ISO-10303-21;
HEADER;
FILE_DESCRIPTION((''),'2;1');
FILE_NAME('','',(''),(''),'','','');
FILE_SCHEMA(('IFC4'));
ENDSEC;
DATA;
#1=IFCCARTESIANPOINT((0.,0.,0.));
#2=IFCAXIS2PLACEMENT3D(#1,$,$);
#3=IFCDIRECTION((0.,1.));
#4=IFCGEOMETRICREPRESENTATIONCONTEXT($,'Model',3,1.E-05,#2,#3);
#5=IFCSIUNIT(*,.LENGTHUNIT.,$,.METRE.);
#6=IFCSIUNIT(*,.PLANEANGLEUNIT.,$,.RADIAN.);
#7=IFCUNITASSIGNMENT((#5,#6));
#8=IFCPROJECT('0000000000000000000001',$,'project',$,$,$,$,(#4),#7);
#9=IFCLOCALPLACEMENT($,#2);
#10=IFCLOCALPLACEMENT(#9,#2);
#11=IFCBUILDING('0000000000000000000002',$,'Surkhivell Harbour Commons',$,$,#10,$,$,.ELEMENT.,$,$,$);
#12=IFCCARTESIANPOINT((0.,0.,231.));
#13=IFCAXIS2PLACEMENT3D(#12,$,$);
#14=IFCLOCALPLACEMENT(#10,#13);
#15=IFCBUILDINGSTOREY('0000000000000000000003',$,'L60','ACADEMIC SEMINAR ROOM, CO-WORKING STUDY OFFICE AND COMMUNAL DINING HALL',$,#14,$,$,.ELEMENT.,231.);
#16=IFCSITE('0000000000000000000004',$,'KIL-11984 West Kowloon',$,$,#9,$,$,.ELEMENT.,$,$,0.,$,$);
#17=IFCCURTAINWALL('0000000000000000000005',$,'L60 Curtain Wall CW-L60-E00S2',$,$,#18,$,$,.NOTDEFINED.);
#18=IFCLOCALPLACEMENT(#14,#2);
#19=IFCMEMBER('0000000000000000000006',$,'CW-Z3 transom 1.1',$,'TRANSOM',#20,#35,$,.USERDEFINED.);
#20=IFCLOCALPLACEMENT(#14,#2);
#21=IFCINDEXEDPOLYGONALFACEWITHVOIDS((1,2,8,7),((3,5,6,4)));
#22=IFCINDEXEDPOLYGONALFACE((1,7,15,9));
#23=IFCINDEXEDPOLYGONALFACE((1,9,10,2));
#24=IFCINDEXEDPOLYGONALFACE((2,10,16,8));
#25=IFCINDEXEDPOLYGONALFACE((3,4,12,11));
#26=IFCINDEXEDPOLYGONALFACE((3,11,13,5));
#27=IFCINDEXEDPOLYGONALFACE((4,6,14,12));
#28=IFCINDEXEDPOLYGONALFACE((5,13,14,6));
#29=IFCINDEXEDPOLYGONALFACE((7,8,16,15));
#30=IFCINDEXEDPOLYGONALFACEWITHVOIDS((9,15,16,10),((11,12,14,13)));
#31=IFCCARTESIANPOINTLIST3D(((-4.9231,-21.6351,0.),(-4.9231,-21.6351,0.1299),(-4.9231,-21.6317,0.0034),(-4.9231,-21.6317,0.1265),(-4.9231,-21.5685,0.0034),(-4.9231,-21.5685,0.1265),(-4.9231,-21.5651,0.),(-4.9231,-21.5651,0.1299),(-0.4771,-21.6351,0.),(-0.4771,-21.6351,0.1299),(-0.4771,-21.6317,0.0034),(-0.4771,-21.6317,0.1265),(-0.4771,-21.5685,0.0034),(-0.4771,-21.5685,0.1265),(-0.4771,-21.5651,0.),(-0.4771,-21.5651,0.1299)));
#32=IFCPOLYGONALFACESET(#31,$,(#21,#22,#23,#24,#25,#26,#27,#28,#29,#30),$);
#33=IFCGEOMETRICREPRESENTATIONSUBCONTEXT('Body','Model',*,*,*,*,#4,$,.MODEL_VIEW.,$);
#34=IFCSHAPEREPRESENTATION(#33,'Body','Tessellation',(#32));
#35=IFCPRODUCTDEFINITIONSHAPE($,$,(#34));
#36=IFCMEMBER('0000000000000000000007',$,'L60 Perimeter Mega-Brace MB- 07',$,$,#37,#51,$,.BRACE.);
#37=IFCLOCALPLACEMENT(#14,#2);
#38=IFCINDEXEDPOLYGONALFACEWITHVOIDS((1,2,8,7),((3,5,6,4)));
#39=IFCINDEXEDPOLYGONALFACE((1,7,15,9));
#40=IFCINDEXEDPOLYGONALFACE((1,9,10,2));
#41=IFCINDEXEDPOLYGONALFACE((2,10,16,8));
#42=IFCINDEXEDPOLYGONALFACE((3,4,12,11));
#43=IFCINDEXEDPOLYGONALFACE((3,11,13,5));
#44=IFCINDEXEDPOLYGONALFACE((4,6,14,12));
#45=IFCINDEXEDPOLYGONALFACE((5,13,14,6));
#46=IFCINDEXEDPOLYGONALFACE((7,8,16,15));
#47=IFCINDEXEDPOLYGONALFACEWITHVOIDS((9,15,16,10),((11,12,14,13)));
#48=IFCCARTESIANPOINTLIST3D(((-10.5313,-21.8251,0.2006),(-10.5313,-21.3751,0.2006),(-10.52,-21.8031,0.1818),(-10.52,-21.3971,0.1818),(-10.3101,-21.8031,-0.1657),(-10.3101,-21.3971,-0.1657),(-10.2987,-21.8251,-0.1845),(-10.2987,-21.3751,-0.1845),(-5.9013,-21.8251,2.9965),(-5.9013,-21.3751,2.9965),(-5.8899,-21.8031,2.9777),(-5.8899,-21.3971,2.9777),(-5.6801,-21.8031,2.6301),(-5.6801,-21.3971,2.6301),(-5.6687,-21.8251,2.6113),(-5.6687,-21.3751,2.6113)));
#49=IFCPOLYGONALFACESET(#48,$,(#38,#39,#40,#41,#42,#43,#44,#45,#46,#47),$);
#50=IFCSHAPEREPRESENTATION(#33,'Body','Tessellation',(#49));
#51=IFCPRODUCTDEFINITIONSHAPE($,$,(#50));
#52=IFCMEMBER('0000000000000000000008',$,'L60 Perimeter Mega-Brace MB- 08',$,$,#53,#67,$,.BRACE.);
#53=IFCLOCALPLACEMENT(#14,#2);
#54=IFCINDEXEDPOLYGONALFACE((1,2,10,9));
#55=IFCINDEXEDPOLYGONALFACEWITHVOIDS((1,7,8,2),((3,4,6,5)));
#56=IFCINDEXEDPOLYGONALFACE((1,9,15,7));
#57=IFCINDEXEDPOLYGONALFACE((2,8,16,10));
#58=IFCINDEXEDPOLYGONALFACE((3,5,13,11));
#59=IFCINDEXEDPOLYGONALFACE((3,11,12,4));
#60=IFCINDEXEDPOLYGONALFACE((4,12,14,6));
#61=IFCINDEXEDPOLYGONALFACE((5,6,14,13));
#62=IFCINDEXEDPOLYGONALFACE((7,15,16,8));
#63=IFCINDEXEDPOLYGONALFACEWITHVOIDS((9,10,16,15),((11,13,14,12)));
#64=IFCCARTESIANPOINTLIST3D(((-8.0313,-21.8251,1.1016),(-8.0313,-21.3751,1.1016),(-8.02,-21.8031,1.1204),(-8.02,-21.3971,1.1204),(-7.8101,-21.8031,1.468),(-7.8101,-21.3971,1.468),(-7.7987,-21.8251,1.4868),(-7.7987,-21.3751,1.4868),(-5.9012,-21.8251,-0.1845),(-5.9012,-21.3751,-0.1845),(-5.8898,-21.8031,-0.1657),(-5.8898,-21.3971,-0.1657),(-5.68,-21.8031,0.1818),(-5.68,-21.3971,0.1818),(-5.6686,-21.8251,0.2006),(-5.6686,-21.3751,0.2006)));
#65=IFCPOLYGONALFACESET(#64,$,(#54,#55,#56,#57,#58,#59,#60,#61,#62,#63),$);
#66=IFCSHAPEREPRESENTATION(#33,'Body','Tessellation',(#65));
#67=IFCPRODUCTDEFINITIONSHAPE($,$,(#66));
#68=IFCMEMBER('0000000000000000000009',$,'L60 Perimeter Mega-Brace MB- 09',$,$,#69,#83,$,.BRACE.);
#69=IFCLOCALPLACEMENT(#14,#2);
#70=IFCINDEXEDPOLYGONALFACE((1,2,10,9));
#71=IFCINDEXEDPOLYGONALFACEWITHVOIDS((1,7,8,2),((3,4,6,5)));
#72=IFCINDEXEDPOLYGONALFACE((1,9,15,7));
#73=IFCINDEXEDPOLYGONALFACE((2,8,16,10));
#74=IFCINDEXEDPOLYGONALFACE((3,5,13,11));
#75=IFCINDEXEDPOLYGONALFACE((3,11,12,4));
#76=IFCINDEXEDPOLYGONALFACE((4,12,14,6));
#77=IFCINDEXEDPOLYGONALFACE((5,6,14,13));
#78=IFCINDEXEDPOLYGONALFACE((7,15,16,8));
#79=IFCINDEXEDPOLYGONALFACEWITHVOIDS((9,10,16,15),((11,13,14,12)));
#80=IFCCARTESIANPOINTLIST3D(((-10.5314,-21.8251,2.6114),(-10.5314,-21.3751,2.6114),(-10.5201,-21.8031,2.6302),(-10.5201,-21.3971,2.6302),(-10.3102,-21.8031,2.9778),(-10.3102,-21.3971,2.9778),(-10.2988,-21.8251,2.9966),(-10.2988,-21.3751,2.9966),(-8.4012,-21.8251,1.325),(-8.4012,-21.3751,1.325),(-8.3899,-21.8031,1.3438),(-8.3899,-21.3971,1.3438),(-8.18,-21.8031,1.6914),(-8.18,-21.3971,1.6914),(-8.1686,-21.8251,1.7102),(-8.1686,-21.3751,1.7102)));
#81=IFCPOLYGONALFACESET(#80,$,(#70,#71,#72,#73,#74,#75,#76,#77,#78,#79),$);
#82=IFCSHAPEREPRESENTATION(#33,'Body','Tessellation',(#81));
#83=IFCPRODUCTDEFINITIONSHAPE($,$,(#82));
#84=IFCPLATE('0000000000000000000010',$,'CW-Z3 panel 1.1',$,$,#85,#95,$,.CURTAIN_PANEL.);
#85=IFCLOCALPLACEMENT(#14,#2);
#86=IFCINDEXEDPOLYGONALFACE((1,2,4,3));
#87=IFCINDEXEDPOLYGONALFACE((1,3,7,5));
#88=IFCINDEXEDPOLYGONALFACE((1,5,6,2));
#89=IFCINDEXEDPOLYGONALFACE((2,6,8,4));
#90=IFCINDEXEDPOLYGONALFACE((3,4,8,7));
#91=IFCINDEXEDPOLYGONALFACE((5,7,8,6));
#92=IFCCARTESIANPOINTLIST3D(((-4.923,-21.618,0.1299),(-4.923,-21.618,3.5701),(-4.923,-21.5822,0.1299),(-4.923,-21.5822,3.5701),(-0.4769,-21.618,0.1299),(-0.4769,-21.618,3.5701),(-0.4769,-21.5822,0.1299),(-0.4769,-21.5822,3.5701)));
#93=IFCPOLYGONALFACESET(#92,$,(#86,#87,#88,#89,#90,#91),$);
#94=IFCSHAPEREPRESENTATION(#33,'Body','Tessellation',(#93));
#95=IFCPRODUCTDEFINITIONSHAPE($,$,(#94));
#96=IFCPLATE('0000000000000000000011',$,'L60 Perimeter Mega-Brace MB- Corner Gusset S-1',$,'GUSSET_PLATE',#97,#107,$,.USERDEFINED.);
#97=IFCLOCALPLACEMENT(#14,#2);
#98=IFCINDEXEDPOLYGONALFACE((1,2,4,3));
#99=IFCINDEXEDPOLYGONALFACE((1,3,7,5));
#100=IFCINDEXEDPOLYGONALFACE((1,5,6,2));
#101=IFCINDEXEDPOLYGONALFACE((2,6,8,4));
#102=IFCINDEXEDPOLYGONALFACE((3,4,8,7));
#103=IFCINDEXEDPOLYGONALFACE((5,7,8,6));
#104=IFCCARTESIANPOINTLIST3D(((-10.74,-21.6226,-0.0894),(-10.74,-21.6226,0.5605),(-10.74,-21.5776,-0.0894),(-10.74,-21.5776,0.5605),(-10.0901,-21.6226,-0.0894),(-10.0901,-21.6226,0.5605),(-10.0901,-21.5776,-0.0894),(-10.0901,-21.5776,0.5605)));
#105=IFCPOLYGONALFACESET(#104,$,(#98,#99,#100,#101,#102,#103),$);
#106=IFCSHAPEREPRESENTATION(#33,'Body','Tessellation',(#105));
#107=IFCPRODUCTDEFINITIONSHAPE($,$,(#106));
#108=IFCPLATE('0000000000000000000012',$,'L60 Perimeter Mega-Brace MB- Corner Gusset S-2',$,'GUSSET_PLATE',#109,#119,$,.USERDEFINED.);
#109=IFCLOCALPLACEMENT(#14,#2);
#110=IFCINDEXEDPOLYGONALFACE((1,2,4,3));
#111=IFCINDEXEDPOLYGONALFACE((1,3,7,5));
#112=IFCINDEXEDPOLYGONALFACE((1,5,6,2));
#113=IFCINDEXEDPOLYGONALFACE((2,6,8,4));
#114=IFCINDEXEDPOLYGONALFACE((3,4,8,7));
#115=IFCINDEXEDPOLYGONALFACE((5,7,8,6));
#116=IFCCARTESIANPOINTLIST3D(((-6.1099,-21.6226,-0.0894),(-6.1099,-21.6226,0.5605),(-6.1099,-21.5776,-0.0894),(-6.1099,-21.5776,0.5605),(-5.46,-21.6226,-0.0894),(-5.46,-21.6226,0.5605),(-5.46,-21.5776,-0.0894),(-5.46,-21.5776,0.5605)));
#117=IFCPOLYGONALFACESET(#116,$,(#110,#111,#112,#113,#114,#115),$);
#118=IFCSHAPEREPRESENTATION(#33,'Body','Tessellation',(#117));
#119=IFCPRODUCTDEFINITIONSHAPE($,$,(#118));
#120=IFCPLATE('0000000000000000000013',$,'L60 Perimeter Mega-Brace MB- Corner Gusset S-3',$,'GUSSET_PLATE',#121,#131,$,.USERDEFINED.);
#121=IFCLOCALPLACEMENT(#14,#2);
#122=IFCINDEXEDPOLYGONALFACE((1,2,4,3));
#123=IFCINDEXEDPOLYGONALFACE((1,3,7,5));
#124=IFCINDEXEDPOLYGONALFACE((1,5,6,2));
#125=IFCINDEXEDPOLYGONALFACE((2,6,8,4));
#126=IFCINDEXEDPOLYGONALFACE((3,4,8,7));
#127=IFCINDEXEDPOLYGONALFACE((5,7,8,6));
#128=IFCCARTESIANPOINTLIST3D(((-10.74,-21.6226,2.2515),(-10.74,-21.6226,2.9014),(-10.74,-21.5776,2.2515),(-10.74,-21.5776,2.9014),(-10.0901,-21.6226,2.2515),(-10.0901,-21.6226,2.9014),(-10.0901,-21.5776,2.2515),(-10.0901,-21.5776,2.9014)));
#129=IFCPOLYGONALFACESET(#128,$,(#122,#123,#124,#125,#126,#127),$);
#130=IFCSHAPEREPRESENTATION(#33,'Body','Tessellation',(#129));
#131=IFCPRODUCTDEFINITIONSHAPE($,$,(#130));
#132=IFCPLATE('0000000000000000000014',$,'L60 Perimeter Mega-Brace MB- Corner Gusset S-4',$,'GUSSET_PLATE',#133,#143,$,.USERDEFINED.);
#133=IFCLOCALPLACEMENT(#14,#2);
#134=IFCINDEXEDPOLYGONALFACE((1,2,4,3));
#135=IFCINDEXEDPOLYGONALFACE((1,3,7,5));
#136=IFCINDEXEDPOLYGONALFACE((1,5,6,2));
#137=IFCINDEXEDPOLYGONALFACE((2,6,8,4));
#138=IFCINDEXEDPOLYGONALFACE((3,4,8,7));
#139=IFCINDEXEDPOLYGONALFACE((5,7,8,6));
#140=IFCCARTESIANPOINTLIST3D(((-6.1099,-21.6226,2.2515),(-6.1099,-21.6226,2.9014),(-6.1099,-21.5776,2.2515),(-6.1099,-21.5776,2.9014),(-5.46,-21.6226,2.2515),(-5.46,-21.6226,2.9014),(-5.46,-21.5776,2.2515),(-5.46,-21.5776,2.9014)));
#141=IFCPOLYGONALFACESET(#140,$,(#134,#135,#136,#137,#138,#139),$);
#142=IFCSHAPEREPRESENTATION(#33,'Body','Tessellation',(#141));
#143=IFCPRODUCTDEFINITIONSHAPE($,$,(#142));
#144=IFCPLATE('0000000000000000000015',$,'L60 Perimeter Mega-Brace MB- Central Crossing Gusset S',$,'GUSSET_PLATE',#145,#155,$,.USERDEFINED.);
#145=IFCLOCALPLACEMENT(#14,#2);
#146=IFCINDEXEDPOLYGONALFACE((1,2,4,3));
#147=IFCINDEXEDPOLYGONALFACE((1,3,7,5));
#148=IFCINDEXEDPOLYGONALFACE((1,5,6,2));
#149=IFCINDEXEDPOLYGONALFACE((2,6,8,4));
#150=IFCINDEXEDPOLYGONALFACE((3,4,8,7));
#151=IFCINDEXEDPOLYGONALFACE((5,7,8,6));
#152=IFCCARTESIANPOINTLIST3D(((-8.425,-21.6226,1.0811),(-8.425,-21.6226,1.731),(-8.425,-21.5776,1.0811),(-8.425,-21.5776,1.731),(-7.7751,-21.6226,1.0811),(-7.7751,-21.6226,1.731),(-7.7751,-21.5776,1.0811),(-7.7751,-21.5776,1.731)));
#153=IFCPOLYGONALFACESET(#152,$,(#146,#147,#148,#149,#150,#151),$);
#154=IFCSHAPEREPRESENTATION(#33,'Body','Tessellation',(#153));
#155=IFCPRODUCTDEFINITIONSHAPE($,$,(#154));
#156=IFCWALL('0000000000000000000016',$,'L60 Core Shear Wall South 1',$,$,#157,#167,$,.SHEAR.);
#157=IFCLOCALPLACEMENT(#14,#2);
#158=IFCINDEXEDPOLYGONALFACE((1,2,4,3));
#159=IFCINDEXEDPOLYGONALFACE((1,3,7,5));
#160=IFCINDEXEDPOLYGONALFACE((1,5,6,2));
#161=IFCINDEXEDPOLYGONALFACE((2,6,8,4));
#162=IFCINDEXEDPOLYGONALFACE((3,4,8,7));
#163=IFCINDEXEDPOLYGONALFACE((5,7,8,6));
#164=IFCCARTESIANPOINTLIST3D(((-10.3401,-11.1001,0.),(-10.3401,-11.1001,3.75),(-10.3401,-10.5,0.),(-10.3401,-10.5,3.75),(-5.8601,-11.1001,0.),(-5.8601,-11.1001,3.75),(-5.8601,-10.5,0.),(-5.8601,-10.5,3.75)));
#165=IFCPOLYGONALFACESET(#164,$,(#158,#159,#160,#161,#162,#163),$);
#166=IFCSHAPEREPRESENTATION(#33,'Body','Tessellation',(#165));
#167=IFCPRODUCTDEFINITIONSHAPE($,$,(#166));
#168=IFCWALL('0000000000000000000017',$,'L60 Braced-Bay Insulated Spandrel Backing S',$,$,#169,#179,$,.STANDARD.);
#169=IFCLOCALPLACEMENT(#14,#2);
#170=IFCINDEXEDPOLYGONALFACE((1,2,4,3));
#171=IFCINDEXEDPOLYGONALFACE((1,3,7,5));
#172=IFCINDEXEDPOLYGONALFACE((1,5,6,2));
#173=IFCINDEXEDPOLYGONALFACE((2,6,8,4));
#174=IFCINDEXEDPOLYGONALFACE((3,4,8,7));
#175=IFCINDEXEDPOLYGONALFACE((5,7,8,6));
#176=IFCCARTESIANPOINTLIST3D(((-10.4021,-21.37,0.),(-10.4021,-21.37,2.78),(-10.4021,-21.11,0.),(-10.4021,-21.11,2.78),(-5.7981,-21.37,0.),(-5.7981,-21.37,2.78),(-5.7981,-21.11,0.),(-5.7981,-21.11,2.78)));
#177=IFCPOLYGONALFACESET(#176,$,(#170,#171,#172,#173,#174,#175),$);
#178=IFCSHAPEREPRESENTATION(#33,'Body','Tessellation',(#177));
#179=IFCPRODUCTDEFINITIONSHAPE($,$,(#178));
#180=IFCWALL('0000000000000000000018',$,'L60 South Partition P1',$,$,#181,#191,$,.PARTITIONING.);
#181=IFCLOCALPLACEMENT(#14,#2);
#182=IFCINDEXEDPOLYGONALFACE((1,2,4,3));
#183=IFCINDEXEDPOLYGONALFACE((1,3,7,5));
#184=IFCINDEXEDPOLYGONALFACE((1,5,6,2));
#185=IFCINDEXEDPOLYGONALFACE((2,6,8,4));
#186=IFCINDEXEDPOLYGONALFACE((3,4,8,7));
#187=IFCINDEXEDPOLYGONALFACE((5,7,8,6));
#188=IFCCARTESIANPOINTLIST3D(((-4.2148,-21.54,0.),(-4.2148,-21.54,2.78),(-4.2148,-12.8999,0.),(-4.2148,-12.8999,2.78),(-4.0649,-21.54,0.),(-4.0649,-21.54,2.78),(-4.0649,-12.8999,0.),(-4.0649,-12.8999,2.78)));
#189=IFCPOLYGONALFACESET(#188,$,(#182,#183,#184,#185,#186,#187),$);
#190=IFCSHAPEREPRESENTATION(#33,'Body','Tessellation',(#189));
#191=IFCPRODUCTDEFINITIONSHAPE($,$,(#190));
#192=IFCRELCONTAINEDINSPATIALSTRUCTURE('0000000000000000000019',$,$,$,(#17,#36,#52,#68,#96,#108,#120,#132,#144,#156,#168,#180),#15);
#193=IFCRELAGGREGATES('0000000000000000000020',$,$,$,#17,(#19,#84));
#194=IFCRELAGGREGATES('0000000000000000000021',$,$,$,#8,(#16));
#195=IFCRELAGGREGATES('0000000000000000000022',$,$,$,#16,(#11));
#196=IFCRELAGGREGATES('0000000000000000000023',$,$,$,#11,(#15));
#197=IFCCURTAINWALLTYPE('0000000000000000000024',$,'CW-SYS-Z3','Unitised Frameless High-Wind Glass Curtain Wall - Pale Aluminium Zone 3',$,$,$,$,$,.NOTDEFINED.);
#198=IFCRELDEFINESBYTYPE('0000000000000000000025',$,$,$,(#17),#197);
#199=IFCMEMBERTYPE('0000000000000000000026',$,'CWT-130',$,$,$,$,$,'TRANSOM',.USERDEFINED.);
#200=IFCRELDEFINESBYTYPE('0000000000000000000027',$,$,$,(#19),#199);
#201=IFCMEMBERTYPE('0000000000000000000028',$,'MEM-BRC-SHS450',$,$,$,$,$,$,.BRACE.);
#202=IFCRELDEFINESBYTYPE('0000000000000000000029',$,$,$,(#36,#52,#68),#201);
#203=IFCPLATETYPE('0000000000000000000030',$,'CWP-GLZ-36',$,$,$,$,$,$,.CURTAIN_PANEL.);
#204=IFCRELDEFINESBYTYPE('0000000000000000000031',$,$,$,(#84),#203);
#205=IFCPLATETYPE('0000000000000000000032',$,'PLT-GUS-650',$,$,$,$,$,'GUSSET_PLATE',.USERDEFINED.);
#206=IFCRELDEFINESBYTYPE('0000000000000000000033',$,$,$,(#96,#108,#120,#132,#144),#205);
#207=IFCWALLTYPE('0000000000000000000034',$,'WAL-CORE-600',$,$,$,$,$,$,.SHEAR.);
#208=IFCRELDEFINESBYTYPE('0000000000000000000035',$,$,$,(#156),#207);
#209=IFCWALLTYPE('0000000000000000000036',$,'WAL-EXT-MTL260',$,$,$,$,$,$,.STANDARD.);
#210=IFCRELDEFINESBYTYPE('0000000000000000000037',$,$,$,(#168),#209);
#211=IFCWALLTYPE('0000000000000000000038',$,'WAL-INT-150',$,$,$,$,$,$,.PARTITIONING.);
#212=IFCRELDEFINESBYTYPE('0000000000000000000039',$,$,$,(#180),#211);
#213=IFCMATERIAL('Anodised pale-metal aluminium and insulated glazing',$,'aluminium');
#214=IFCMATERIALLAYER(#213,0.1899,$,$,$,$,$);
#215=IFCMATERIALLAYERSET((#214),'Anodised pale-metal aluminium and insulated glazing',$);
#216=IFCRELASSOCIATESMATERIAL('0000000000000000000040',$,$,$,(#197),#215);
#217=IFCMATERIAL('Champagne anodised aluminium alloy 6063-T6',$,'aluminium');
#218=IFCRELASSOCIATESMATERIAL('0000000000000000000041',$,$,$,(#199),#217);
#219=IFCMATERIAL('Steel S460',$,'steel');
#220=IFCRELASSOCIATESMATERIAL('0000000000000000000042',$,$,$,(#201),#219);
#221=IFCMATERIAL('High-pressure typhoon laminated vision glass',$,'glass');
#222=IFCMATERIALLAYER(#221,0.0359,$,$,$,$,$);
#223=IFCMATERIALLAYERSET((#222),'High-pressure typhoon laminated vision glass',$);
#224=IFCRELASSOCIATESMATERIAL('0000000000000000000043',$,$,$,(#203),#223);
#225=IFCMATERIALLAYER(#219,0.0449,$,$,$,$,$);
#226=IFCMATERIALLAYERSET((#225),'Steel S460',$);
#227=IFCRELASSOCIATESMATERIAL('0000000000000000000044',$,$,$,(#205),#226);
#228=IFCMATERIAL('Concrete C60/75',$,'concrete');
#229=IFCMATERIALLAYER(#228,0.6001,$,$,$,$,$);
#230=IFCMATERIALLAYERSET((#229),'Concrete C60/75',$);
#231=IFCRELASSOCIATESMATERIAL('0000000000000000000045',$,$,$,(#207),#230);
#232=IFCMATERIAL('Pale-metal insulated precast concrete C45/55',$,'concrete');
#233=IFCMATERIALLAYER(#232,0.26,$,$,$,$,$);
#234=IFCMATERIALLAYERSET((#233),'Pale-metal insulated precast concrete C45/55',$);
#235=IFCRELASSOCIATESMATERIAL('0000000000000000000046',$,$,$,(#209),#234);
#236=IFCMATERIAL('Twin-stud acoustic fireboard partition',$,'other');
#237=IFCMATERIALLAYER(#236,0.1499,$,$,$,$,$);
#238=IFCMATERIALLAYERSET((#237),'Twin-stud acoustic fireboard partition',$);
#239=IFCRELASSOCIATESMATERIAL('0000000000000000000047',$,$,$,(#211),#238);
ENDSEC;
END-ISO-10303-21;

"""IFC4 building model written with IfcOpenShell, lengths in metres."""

from ifc_helpers import new_model, si_unit, direction, frame, frame_2d, origin, origin_2d, place, context, subcontext, project, spatial, rectangle, hollow_rectangle, extrude, material, layer, layer_set, material_profile, profile_set, type_object, element, aggregate, save


model = new_model("IFC4")

# Units and contexts
model_context = context("Model", 3, precision=1e-05, world=origin(), true_north=direction((0.0, 1.0)))
body_context = subcontext(model_context, "Body", "Model", "MODEL_VIEW")
ifc_project = project(units=[si_unit("LENGTHUNIT", "METRE"), si_unit("PLANEANGLEUNIT", "RADIAN")], contexts=[model_context])

# Site, building, storey
site_placement = place(None, origin())
site = spatial("IfcSite", under=ifc_project, at=site_placement, Name="KIL-11984 West Kowloon", CompositionType="ELEMENT", RefElevation=0.0)
building_placement = place(site_placement, origin())
building = spatial("IfcBuilding", under=site, at=building_placement, Name="Surkhivell Harbour Commons", CompositionType="ELEMENT")
storey_placement = place(building_placement, frame((0.0, 0.0, 231.0)))
storey = spatial("IfcBuildingStorey", under=building, at=storey_placement, Name="L60", Description="ACADEMIC SEMINAR ROOM, CO-WORKING STUDY OFFICE AND COMMUNAL DINING HALL", CompositionType="ELEMENT", Elevation=231.0)

# Shared definitions
ifc_material_1 = material(Name="Concrete C60/75", Category="concrete")

# Shared definitions
ifc_material_2 = material(Name="Anodised pale-metal aluminium and insulated glazing", Category="aluminium")
ifc_layer_1 = layer(ifc_material_2, 0.1899)
ifc_layer_set_1 = layer_set([ifc_layer_1], Name="Anodised pale-metal aluminium and insulated glazing")
curtain_wall_type = type_object("IfcCurtainWallType", Name="CW-SYS-Z3", Description="Unitised Frameless High-Wind Glass Curtain Wall - Pale Aluminium Zone 3", PredefinedType="NOTDEFINED", material=ifc_layer_set_1)

# Curtain wall, member
curtain_wall_1_placement = place(storey_placement, origin())
curtain_wall_1 = element("IfcCurtainWall", 1, at=curtain_wall_1_placement, inside=storey, type_object=curtain_wall_type, Name="L60 Curtain Wall CW-L60-E00S2", PredefinedType="NOTDEFINED")
ifc_material_3 = material(Name="Champagne anodised aluminium alloy 6063-T6", Category="aluminium")
ifc_material_profile_1 = material_profile(ifc_material_3, hollow_rectangle(XDim=0.0701, YDim=0.1299, WallThickness=0.0034, at=origin_2d()), Name="ALU-TRAN-70x130")
ifc_profile_set_1 = profile_set([ifc_material_profile_1], Name="Champagne anodised aluminium alloy 6063-T6")
member_type_1 = type_object("IfcMemberType", Name="CWT-130", ElementType="TRANSOM", PredefinedType="USERDEFINED", material=ifc_profile_set_1)
member_1_placement = place(storey_placement, frame((-4.9231, -21.6001, 0.0649), z_axis=(1.0, 0.0, 0.0), x_axis=(0.0, 1.0, 0.0)))
member_1 = element("IfcMember", 2, at=member_1_placement, type_object=member_type_1, Name="CW-Z3 transom 1.1", ObjectType="TRANSOM", PredefinedType="USERDEFINED", context=body_context, shape_type="SweptSolid", body=[
    extrude(hollow_rectangle(XDim=0.0701, YDim=0.1299, WallThickness=0.0034, at=origin_2d()), origin(), (0.0, 0.0, 1.0), 4.446),
])

# Members
ifc_material_4 = material(Name="Steel S460", Category="steel")
ifc_material_profile_2 = material_profile(ifc_material_4, hollow_rectangle(XDim=0.45, YDim=0.45, WallThickness=0.022, at=origin_2d()), Name="SHS450x450x22")
ifc_profile_set_2 = profile_set([ifc_material_profile_2], Name="Steel S460")
member_type_2 = type_object("IfcMemberType", Name="MEM-BRC-SHS450", PredefinedType="BRACE", material=ifc_profile_set_2)
member_2_placement = place(storey_placement, frame((-10.415, -21.6001, 0.0081), z_axis=(0.856036, 0.0, 0.516917), x_axis=(0.0, 1.0, 0.0)))
element("IfcMember", 3, at=member_2_placement, inside=storey, type_object=member_type_2, Name="L60 Perimeter Mega-Brace MB- 07", PredefinedType="BRACE", context=body_context, shape_type="SweptSolid", body=[
    extrude(hollow_rectangle(XDim=0.45, YDim=0.45, WallThickness=0.022, at=origin_2d()), origin(), (0.0, 0.0, 1.0), 5.4087),
])
member_3_placement = place(storey_placement, frame((-5.7849, -21.6001, 0.0081), z_axis=(-0.856061, 0.0, 0.516875), x_axis=(0.0, -1.0, 0.0)))
element("IfcMember", 4, at=member_3_placement, inside=storey, type_object=member_type_2, Name="L60 Perimeter Mega-Brace MB- 08", PredefinedType="BRACE", context=body_context, shape_type="SweptSolid", body=[
    extrude(hollow_rectangle(XDim=0.45, YDim=0.45, WallThickness=0.022, at=origin_2d()), origin(), (0.0, 0.0, 1.0), 2.4883),
])
member_4_placement = place(storey_placement, frame((-8.2849, -21.6001, 1.5176), z_axis=(-0.856018, 0.0, 0.516946), x_axis=(0.0, -1.0, 0.0)))
element("IfcMember", 5, at=member_4_placement, inside=storey, type_object=member_type_2, Name="L60 Perimeter Mega-Brace MB- 09", PredefinedType="BRACE", context=body_context, shape_type="SweptSolid", body=[
    extrude(hollow_rectangle(XDim=0.45, YDim=0.45, WallThickness=0.022, at=origin_2d()), origin(), (0.0, 0.0, 1.0), 2.4885),
])

# Plate
ifc_material_5 = material(Name="High-pressure typhoon laminated vision glass", Category="glass")
ifc_layer_2 = layer(ifc_material_5, 0.0359)
ifc_layer_set_2 = layer_set([ifc_layer_2], Name="High-pressure typhoon laminated vision glass")
plate_type_1 = type_object("IfcPlateType", Name="CWP-GLZ-36", PredefinedType="CURTAIN_PANEL", material=ifc_layer_set_2)
plate_placement = place(storey_placement, frame((-4.9231, -21.6001, 0.1299), z_axis=(0.0, 0.0, 1.0), x_axis=(1.0, 0.0, 0.0)))
plate = element("IfcPlate", 6, at=plate_placement, type_object=plate_type_1, Name="CW-Z3 panel 1.1", PredefinedType="CURTAIN_PANEL", context=body_context, shape_type="SweptSolid", body=[
    extrude(rectangle(XDim=4.446, YDim=0.0359, at=frame_2d((2.2231, 0.0))), origin(), (0.0, 0.0, 1.0), 3.4402),
])
aggregate(curtain_wall_1, [member_1, plate])

# Plates
ifc_layer_3 = layer(ifc_material_4, 0.0449)
ifc_layer_set_3 = layer_set([ifc_layer_3], Name="Steel S460")
plate_type_2 = type_object("IfcPlateType", Name="PLT-GUS-650", ElementType="GUSSET_PLATE", PredefinedType="USERDEFINED", material=ifc_layer_set_3)
for number, where, z_axis, x_axis, name in (
    (7, (-10.415, -21.6001, -0.0894), (0.0, 0.0, 1.0), (1.0, 0.0, 0.0), "L60 Perimeter Mega-Brace MB- Corner Gusset S-1"),
    (8, (-5.7849, -21.6001, -0.0894), (0.0, 0.0, 1.0), (1.0, 0.0, 0.0), "L60 Perimeter Mega-Brace MB- Corner Gusset S-2"),
    (9, (-10.415, -21.6001, 2.2515), (0.0, 0.0, 1.0), (1.0, 0.0, 0.0), "L60 Perimeter Mega-Brace MB- Corner Gusset S-3"),
    (10, (-5.7849, -21.6001, 2.2515), (0.0, 0.0, 1.0), (1.0, 0.0, 0.0), "L60 Perimeter Mega-Brace MB- Corner Gusset S-4"),
    (11, (-8.1001, -21.6001, 1.0811), (0.0, 0.0, 1.0), (1.0, 0.0, 0.0), "L60 Perimeter Mega-Brace MB- Central Crossing Gusset S"),
):
    element("IfcPlate", number, at=place(storey_placement, frame(where, z_axis=z_axis, x_axis=x_axis)), inside=storey, type_object=plate_type_2, Name=name, ObjectType="GUSSET_PLATE", PredefinedType="USERDEFINED", context=body_context, shape_type="SweptSolid", body=[
        extrude(rectangle(XDim=0.6499, YDim=0.0449, at=origin_2d()), origin(), (0.0, 0.0, 1.0), 0.6499),
    ])

# Walls
ifc_layer_4 = layer(ifc_material_1, 0.6001)
ifc_layer_set_4 = layer_set([ifc_layer_4], Name="Concrete C60/75")
wall_type_1 = type_object("IfcWallType", Name="WAL-CORE-600", PredefinedType="SHEAR", material=ifc_layer_set_4)
wall_1_placement = place(storey_placement, frame((-10.3401, -10.8, 0.0), z_axis=(0.0, 0.0, 1.0), x_axis=(1.0, 0.0, 0.0)))
element("IfcWall", 12, at=wall_1_placement, inside=storey, type_object=wall_type_1, Name="L60 Core Shear Wall South 1", PredefinedType="SHEAR", context=body_context, shape_type="SweptSolid", body=[
    extrude(rectangle(XDim=4.48, YDim=0.6001, at=frame_2d((2.24, 0.0))), origin(), (0.0, 0.0, 1.0), 3.75),
])
ifc_material_6 = material(Name="Pale-metal insulated precast concrete C45/55", Category="concrete")
ifc_layer_5 = layer(ifc_material_6, 0.26)
ifc_layer_set_5 = layer_set([ifc_layer_5], Name="Pale-metal insulated precast concrete C45/55")
wall_type_2 = type_object("IfcWallType", Name="WAL-EXT-MTL260", PredefinedType="STANDARD", material=ifc_layer_set_5)
wall_2_placement = place(storey_placement, frame((-10.4021, -21.24, 0.0), z_axis=(0.0, 0.0, 1.0), x_axis=(1.0, 0.0, 0.0)))
element("IfcWall", 13, at=wall_2_placement, inside=storey, type_object=wall_type_2, Name="L60 Braced-Bay Insulated Spandrel Backing S", PredefinedType="STANDARD", context=body_context, shape_type="SweptSolid", body=[
    extrude(rectangle(XDim=4.604, YDim=0.26, at=frame_2d((2.302, 0.0))), origin(), (0.0, 0.0, 1.0), 2.78),
])
ifc_material_7 = material(Name="Twin-stud acoustic fireboard partition", Category="other")
ifc_layer_6 = layer(ifc_material_7, 0.1499)
ifc_layer_set_6 = layer_set([ifc_layer_6], Name="Twin-stud acoustic fireboard partition")
wall_type_3 = type_object("IfcWallType", Name="WAL-INT-150", PredefinedType="PARTITIONING", material=ifc_layer_set_6)
wall_3_placement = place(storey_placement, frame((-4.1399, -21.54, 0.0), z_axis=(0.0, 0.0, 1.0), x_axis=(0.0, 1.0, 0.0)))
element("IfcWall", 14, at=wall_3_placement, inside=storey, type_object=wall_type_3, Name="L60 South Partition P1", PredefinedType="PARTITIONING", context=body_context, shape_type="SweptSolid", body=[
    extrude(rectangle(XDim=8.6401, YDim=0.1499, at=frame_2d((4.3201, 0.0))), origin(), (0.0, 0.0, 1.0), 2.78),
])

save(model, "model.ifc")
